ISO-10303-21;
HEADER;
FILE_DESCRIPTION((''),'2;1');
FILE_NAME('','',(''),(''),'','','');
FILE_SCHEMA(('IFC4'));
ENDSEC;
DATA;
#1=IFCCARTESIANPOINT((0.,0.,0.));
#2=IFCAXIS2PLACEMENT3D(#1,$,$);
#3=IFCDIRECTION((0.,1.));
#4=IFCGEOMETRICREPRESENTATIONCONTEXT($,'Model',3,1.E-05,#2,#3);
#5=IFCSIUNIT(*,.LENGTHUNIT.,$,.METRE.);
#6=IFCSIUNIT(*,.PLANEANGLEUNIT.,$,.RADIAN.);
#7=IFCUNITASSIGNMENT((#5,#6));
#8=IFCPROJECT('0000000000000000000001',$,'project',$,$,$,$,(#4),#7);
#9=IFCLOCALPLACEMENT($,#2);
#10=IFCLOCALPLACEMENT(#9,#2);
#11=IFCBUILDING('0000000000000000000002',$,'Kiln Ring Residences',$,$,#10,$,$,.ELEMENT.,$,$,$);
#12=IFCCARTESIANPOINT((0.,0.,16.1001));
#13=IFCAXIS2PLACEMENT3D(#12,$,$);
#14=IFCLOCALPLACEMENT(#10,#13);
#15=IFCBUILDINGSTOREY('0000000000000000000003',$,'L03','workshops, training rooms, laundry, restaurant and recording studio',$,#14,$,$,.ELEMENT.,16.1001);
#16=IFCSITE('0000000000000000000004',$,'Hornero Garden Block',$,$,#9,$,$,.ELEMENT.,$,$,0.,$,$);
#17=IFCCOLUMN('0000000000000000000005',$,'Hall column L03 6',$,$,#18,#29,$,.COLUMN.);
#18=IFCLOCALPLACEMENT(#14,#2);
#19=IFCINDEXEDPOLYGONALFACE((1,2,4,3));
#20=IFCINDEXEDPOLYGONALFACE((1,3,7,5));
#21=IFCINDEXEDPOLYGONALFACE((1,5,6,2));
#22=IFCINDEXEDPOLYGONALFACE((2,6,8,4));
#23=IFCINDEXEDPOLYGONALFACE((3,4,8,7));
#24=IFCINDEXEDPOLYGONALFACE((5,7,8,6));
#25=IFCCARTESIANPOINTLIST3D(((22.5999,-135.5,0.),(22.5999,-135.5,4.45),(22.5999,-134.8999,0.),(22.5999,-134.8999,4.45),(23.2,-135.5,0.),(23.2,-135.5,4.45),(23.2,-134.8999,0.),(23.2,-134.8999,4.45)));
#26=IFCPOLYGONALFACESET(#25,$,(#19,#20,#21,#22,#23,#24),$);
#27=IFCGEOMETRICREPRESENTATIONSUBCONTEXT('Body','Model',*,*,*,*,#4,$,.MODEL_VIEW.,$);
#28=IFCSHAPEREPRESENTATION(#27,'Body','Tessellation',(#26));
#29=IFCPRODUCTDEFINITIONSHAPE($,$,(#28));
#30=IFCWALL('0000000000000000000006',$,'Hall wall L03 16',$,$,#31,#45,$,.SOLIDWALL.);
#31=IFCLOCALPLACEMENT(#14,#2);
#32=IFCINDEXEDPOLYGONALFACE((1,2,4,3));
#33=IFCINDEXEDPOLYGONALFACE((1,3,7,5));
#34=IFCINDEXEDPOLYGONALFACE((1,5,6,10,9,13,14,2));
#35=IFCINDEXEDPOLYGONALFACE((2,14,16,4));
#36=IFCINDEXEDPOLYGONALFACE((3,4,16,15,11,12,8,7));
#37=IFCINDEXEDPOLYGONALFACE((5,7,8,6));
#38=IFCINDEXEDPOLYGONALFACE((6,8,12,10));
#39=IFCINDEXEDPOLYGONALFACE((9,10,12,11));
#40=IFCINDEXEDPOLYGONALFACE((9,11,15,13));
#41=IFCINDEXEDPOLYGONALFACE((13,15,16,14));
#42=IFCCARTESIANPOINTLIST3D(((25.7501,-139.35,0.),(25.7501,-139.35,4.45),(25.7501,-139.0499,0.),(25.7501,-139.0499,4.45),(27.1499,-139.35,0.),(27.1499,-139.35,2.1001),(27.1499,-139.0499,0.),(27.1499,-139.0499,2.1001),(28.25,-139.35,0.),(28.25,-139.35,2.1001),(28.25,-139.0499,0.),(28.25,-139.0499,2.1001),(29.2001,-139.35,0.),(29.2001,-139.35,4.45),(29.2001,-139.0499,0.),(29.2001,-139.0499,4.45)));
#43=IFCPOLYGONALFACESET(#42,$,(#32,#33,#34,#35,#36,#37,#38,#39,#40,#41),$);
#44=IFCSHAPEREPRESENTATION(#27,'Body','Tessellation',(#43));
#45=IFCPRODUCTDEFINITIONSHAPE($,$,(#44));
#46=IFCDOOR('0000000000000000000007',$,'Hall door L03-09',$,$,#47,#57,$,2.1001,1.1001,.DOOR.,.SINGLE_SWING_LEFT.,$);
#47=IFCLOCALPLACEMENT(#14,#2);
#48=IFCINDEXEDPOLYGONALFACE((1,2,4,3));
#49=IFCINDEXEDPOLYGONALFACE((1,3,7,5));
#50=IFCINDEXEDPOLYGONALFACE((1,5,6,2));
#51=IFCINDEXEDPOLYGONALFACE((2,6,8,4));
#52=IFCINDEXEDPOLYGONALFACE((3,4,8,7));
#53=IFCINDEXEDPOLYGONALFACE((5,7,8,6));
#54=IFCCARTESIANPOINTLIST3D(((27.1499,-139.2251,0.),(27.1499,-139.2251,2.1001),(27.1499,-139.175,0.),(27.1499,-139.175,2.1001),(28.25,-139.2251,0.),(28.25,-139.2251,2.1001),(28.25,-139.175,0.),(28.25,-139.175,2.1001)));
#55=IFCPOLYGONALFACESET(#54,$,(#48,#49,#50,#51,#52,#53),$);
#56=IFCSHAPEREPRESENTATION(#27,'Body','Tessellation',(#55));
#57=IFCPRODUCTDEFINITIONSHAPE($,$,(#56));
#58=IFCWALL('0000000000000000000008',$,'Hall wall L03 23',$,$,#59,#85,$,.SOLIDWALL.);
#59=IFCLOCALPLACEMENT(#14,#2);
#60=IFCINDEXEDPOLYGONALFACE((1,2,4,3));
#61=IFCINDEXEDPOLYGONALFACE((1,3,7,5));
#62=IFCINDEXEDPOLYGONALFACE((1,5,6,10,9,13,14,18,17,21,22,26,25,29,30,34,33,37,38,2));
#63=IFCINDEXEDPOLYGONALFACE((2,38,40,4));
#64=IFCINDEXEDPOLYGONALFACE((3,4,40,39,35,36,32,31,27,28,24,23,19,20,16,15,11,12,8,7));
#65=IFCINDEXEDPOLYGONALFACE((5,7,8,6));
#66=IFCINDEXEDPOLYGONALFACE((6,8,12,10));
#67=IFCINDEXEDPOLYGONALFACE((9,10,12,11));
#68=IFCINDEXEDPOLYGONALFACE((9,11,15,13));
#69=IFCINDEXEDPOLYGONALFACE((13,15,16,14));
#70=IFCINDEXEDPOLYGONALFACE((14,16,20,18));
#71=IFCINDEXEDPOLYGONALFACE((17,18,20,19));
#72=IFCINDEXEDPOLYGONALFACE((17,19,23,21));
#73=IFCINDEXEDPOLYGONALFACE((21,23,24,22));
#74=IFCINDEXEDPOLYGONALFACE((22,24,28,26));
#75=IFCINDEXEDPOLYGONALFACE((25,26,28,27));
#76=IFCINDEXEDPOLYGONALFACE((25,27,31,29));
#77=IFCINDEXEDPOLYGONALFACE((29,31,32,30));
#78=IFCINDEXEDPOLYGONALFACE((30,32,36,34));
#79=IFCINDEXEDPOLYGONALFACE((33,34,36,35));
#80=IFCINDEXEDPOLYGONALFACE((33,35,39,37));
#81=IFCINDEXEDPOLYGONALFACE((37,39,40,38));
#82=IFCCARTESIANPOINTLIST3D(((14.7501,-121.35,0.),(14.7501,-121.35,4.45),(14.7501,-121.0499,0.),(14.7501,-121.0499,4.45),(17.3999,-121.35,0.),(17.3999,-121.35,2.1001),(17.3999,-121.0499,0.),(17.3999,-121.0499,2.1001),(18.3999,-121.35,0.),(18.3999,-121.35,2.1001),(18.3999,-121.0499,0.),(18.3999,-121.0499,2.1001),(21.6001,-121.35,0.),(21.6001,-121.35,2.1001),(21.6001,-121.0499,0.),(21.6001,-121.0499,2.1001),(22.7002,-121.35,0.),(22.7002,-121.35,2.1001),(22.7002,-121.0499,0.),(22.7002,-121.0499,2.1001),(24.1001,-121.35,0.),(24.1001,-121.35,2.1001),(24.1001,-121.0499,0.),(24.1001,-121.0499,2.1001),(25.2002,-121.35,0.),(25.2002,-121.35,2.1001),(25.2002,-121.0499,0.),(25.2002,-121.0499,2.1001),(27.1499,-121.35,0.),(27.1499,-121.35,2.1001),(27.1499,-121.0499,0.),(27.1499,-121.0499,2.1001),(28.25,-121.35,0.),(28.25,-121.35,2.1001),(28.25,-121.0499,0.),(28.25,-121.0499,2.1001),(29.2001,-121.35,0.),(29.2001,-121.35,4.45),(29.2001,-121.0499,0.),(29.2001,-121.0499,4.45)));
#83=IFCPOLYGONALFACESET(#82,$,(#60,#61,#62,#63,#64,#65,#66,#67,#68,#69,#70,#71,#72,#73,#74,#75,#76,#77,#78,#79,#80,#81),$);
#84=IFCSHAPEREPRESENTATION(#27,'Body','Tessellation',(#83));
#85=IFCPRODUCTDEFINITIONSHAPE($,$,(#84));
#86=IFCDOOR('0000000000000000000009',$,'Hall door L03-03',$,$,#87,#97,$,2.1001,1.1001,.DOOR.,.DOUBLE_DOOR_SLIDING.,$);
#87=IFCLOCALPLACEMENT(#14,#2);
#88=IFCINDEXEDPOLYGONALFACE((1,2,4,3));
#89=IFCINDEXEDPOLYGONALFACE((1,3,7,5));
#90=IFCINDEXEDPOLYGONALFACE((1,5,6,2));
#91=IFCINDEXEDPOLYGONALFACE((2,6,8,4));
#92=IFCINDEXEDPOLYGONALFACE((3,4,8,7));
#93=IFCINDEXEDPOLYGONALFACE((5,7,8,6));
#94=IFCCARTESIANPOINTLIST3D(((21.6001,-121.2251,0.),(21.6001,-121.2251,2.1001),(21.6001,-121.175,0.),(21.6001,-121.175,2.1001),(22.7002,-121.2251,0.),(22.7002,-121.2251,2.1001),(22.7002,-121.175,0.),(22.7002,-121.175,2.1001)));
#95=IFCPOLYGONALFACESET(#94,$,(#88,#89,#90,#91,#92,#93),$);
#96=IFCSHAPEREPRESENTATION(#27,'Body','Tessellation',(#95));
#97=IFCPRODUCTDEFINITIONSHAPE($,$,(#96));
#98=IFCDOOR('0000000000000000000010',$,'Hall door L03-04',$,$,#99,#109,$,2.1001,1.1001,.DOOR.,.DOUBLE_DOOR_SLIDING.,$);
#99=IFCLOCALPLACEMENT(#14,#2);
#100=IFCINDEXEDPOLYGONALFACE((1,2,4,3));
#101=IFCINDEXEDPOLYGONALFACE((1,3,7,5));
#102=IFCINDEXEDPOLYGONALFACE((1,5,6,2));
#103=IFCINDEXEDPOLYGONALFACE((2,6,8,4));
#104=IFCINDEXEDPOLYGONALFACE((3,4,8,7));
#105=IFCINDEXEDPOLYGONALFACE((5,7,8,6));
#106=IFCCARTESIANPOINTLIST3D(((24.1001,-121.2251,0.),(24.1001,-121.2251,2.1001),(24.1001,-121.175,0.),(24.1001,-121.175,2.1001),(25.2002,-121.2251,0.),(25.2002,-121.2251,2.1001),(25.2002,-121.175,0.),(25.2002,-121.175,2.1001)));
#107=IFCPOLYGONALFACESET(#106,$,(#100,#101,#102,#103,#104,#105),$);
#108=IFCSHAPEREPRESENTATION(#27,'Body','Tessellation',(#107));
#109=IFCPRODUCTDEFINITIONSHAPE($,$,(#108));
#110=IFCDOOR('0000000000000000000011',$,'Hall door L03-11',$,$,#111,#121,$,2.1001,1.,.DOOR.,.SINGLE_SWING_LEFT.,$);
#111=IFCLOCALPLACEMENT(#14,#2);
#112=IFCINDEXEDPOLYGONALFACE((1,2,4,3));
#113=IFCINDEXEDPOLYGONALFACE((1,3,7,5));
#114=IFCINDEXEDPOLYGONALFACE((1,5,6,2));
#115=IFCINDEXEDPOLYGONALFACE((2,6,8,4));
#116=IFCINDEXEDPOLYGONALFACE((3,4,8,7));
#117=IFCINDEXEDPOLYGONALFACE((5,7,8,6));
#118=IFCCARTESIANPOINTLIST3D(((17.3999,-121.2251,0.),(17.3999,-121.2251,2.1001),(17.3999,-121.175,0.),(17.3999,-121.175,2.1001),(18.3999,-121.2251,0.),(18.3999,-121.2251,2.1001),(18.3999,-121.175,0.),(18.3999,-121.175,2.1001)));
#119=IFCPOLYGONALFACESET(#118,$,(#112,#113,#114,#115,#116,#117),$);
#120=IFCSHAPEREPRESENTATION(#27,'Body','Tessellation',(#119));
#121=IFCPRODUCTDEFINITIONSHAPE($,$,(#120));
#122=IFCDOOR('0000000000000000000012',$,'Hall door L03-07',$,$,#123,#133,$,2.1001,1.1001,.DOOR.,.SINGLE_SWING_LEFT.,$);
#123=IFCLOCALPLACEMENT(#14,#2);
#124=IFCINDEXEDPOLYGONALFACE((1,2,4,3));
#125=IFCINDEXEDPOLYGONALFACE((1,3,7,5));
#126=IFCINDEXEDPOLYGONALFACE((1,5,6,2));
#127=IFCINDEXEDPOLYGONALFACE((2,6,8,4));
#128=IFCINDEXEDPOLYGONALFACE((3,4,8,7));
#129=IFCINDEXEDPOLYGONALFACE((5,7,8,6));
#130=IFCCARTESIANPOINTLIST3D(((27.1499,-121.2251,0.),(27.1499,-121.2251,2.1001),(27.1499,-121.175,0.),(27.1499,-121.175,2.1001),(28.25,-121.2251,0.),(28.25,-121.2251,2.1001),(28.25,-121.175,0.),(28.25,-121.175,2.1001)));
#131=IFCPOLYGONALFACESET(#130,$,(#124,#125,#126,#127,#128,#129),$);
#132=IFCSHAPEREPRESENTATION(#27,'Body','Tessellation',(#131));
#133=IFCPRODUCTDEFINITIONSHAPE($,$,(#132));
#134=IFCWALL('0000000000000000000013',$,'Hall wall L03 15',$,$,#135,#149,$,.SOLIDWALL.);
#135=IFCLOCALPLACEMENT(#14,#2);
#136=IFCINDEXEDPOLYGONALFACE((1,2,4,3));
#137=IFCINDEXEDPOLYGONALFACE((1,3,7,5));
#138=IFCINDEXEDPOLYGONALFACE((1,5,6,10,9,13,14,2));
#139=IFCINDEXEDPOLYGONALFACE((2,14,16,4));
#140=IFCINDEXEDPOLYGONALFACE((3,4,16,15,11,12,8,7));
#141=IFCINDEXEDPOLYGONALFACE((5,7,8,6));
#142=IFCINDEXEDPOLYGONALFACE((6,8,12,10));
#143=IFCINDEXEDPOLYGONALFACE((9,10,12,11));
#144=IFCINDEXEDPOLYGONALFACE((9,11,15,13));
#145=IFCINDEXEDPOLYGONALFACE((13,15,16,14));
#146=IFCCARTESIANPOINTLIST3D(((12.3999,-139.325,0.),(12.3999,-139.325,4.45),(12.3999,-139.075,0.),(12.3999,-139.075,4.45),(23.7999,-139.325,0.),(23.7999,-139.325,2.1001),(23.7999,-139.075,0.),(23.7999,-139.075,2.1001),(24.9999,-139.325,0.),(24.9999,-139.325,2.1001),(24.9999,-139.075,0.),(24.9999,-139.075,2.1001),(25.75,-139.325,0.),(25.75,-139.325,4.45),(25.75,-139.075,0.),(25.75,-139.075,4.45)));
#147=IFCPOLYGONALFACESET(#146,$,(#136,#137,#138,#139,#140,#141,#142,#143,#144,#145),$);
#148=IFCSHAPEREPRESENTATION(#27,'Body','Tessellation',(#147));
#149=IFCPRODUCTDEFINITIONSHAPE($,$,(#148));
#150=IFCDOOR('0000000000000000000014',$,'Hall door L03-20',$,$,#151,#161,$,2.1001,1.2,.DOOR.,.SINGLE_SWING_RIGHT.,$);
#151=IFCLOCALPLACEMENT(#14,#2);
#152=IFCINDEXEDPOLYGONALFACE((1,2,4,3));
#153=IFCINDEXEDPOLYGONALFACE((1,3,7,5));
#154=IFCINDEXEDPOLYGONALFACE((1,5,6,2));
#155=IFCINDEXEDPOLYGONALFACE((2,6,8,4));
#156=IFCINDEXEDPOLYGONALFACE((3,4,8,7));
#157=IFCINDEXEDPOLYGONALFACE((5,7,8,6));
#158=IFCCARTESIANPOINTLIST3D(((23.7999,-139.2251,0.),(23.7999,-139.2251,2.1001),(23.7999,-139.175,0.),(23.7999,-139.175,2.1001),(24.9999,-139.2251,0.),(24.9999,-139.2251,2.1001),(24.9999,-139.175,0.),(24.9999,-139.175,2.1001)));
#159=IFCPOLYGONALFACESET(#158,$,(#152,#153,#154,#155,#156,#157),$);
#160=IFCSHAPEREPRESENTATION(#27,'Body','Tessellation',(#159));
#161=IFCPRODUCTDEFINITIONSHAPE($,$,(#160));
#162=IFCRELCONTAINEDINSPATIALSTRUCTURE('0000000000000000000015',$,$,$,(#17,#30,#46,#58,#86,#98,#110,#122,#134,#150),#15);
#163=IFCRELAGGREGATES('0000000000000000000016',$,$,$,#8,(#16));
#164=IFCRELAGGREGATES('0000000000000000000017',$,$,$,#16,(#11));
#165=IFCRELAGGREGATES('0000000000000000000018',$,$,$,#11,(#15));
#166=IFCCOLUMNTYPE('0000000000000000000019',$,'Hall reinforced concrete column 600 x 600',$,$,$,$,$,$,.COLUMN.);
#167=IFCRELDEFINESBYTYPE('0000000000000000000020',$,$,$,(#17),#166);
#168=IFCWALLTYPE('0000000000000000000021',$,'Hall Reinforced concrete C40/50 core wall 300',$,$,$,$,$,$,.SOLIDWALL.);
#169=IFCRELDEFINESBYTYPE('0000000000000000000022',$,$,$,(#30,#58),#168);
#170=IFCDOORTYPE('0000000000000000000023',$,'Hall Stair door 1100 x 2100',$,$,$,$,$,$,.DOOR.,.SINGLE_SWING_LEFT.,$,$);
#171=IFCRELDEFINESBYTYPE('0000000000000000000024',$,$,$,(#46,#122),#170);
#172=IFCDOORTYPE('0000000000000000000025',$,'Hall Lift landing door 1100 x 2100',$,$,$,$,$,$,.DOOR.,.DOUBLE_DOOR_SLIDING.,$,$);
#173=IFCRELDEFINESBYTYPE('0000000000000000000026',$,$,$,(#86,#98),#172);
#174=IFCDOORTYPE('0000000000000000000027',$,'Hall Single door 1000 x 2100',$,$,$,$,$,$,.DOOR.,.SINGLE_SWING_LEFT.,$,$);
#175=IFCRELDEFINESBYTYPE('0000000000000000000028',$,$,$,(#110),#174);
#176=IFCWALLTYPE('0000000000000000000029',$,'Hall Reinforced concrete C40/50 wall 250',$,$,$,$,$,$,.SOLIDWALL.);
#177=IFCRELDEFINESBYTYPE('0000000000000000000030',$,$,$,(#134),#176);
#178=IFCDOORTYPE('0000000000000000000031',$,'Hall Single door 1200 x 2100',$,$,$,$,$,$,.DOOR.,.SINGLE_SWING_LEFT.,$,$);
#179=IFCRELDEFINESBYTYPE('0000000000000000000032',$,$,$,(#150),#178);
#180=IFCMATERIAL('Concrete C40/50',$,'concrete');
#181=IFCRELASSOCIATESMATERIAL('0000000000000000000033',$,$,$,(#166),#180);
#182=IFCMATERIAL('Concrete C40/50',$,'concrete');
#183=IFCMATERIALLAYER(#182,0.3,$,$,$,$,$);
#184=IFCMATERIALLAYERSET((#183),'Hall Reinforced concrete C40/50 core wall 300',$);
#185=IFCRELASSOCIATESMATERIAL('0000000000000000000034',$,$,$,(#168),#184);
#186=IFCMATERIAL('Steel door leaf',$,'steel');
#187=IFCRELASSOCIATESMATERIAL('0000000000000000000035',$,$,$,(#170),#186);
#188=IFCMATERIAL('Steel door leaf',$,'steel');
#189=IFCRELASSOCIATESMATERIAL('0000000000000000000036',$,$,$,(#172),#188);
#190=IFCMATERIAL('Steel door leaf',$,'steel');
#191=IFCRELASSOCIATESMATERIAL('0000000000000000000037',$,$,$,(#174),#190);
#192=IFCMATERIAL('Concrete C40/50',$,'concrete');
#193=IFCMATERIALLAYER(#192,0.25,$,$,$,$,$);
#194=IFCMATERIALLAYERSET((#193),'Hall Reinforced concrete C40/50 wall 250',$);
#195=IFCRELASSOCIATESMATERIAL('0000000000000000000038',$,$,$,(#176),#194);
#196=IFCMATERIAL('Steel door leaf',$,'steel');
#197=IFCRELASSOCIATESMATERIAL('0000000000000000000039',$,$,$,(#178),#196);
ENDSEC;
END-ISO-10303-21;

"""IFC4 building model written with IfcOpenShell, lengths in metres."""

from ifc_helpers import new_model, si_unit, direction, frame, frame_2d, origin, origin_2d, place, context, subcontext, project, spatial, rectangle, extrude, material, layer, layer_set, material_profile, profile_set, type_object, element, fill, save


model = new_model("IFC4")

# Units and contexts
model_context = context("Model", 3, precision=1e-05, world=origin(), true_north=direction((0.0, 1.0)))
body_context = subcontext(model_context, "Body", "Model", "MODEL_VIEW")
ifc_project = project(units=[si_unit("LENGTHUNIT", "METRE"), si_unit("PLANEANGLEUNIT", "RADIAN")], contexts=[model_context])

# Site, building, storey
site_placement = place(None, origin())
site = spatial("IfcSite", under=ifc_project, at=site_placement, Name="Hornero Garden Block", CompositionType="ELEMENT", RefElevation=0.0)
building_placement = place(site_placement, origin())
building = spatial("IfcBuilding", under=site, at=building_placement, Name="Kiln Ring Residences", CompositionType="ELEMENT")
storey_placement = place(building_placement, frame((0.0, 0.0, 16.1001)))
storey = spatial("IfcBuildingStorey", under=building, at=storey_placement, Name="L03", Description="workshops, training rooms, laundry, restaurant and recording studio", CompositionType="ELEMENT", Elevation=16.1001)

# Column
ifc_material_1 = material(Name="Concrete C40/50", Category="concrete")
ifc_material_profile = material_profile(ifc_material_1, rectangle(XDim=0.6001, YDim=0.6001, at=origin_2d()), Name="Hall reinforced concrete column 600 x 600")
ifc_profile_set = profile_set([ifc_material_profile], Name="Concrete C40/50")
column_type = type_object("IfcColumnType", Name="Hall reinforced concrete column 600 x 600", PredefinedType="COLUMN", material=ifc_profile_set)
column_placement = place(storey_placement, frame((22.8999, -135.2, 0.0), z_axis=(0.0, 0.0, 1.0), x_axis=(1.0, 0.0, 0.0)))
element("IfcColumn", 1, at=column_placement, inside=storey, type_object=column_type, Name="Hall column L03 6", PredefinedType="COLUMN", context=body_context, shape_type="SweptSolid", body=[
    extrude(rectangle(XDim=0.6001, YDim=0.6001, at=origin_2d()), origin(), (0.0, 0.0, 1.0), 4.45),
])

# Wall, opening, door
ifc_material_2 = material(Name="Concrete C40/50", Category="concrete")
ifc_layer_1 = layer(ifc_material_2, 0.3)
ifc_layer_set_1 = layer_set([ifc_layer_1], Name="Hall Reinforced concrete C40/50 core wall 300")
wall_type_1 = type_object("IfcWallType", Name="Hall Reinforced concrete C40/50 core wall 300", PredefinedType="SOLIDWALL", material=ifc_layer_set_1)
wall_1_placement = place(storey_placement, frame((25.75, -139.2, 0.0), z_axis=(0.0, 0.0, 1.0), x_axis=(1.0, 0.0, 0.0)))
wall_1 = element("IfcWall", 2, at=wall_1_placement, inside=storey, type_object=wall_type_1, Name="Hall wall L03 16", PredefinedType="SOLIDWALL", context=body_context, shape_type="SweptSolid", body=[
    extrude(rectangle(XDim=3.45, YDim=0.3, at=frame_2d((1.7251, 0.0))), origin(), (0.0, 0.0, 1.0), 4.45),
])
opening_1_placement = place(wall_1_placement, frame((1.3999, 0.0, 0.0)))
opening_1 = element("IfcOpeningElement", 3, at=opening_1_placement, cuts=wall_1, PredefinedType="OPENING", context=body_context, shape_type="SweptSolid", body=[
    extrude(rectangle(XDim=1.1001, YDim=2.1001, at=frame_2d((0.55, 1.05))), frame((0.0, 0.1599, 0.0), z_axis=(0.0, -1.0, 0.0), x_axis=(1.0, 0.0, 0.0)), (0.0, 0.0, 1.0), 0.3201),
])
ifc_material_3 = material(Name="Steel door leaf", Category="steel")
door_type_1 = type_object("IfcDoorType", Name="Hall Stair door 1100 x 2100", OperationType="SINGLE_SWING_LEFT", PredefinedType="DOOR", material=ifc_material_3)
door_1_placement = place(opening_1_placement, origin())
door_1 = element("IfcDoor", 4, at=door_1_placement, inside=storey, type_object=door_type_1, Name="Hall door L03-09", OperationType="SINGLE_SWING_LEFT", OverallHeight=2.1001, OverallWidth=1.1001, PredefinedType="DOOR", context=body_context, shape_type="SweptSolid", body=[
    extrude(rectangle(XDim=1.1001, YDim=2.1001, at=frame_2d((0.55, 1.05))), frame((0.0, 0.0249, 0.0), z_axis=(0.0, -1.0, 0.0), x_axis=(1.0, 0.0, 0.0)), (0.0, 0.0, 1.0), 0.05),
])
fill(opening_1, door_1)

# Wall, openings, doors
wall_2_placement = place(storey_placement, frame((14.75, -121.2, 0.0), z_axis=(0.0, 0.0, 1.0), x_axis=(1.0, 0.0, 0.0)))
wall_2 = element("IfcWall", 5, at=wall_2_placement, inside=storey, type_object=wall_type_1, Name="Hall wall L03 23", PredefinedType="SOLIDWALL", context=body_context, shape_type="SweptSolid", body=[
    extrude(rectangle(XDim=14.45, YDim=0.3, at=frame_2d((7.2251, 0.0))), origin(), (0.0, 0.0, 1.0), 4.45),
])
opening_2_placement = place(wall_2_placement, frame((6.8501, 0.0, 0.0)))
opening_2 = element("IfcOpeningElement", 6, at=opening_2_placement, cuts=wall_2, PredefinedType="OPENING", context=body_context, shape_type="SweptSolid", body=[
    extrude(rectangle(XDim=1.1001, YDim=2.1001, at=frame_2d((0.55, 1.05))), frame((0.0, 0.1599, 0.0), z_axis=(0.0, -1.0, 0.0), x_axis=(1.0, 0.0, 0.0)), (0.0, 0.0, 1.0), 0.3201),
])
opening_3_placement = place(wall_2_placement, frame((9.3501, 0.0, 0.0)))
opening_3 = element("IfcOpeningElement", 7, at=opening_3_placement, cuts=wall_2, PredefinedType="OPENING", context=body_context, shape_type="SweptSolid", body=[
    extrude(rectangle(XDim=1.1001, YDim=2.1001, at=frame_2d((0.55, 1.05))), frame((0.0, 0.1599, 0.0), z_axis=(0.0, -1.0, 0.0), x_axis=(1.0, 0.0, 0.0)), (0.0, 0.0, 1.0), 0.3201),
])
opening_4_placement = place(wall_2_placement, frame((12.3999, 0.0, 0.0)))
opening_4 = element("IfcOpeningElement", 8, at=opening_4_placement, cuts=wall_2, PredefinedType="OPENING", context=body_context, shape_type="SweptSolid", body=[
    extrude(rectangle(XDim=1.1001, YDim=2.1001, at=frame_2d((0.55, 1.05))), frame((0.0, 0.1599, 0.0), z_axis=(0.0, -1.0, 0.0), x_axis=(1.0, 0.0, 0.0)), (0.0, 0.0, 1.0), 0.3201),
])
opening_5_placement = place(wall_2_placement, frame((2.6499, 0.0, 0.0)))
opening_5 = element("IfcOpeningElement", 9, at=opening_5_placement, cuts=wall_2, PredefinedType="OPENING", context=body_context, shape_type="SweptSolid", body=[
    extrude(rectangle(XDim=1.0, YDim=2.1001, at=frame_2d((0.5, 1.05))), frame((0.0, 0.1599, 0.0), z_axis=(0.0, -1.0, 0.0), x_axis=(1.0, 0.0, 0.0)), (0.0, 0.0, 1.0), 0.3201),
])
ifc_material_4 = material(Name="Steel door leaf", Category="steel")
door_type_2 = type_object("IfcDoorType", Name="Hall Lift landing door 1100 x 2100", OperationType="DOUBLE_DOOR_SLIDING", PredefinedType="DOOR", material=ifc_material_4)
door_2_placement = place(opening_2_placement, origin())
door_2 = element("IfcDoor", 10, at=door_2_placement, inside=storey, type_object=door_type_2, Name="Hall door L03-03", OperationType="DOUBLE_DOOR_SLIDING", OverallHeight=2.1001, OverallWidth=1.1001, PredefinedType="DOOR", context=body_context, shape_type="SweptSolid", body=[
    extrude(rectangle(XDim=1.1001, YDim=2.1001, at=frame_2d((0.55, 1.05))), frame((0.0, 0.0249, 0.0), z_axis=(0.0, -1.0, 0.0), x_axis=(1.0, 0.0, 0.0)), (0.0, 0.0, 1.0), 0.05),
])
fill(opening_2, door_2)
door_3_placement = place(opening_3_placement, origin())
door_3 = element("IfcDoor", 11, at=door_3_placement, inside=storey, type_object=door_type_2, Name="Hall door L03-04", OperationType="DOUBLE_DOOR_SLIDING", OverallHeight=2.1001, OverallWidth=1.1001, PredefinedType="DOOR", context=body_context, shape_type="SweptSolid", body=[
    extrude(rectangle(XDim=1.1001, YDim=2.1001, at=frame_2d((0.55, 1.05))), frame((0.0, 0.0249, 0.0), z_axis=(0.0, -1.0, 0.0), x_axis=(1.0, 0.0, 0.0)), (0.0, 0.0, 1.0), 0.05),
])
fill(opening_3, door_3)
ifc_material_5 = material(Name="Steel door leaf", Category="steel")
door_type_3 = type_object("IfcDoorType", Name="Hall Single door 1000 x 2100", OperationType="SINGLE_SWING_LEFT", PredefinedType="DOOR", material=ifc_material_5)
door_4_placement = place(opening_5_placement, origin())
door_4 = element("IfcDoor", 12, at=door_4_placement, inside=storey, type_object=door_type_3, Name="Hall door L03-11", OperationType="SINGLE_SWING_LEFT", OverallHeight=2.1001, OverallWidth=1.0, PredefinedType="DOOR", context=body_context, shape_type="SweptSolid", body=[
    extrude(rectangle(XDim=1.0, YDim=2.1001, at=frame_2d((0.5, 1.05))), frame((0.0, 0.0249, 0.0), z_axis=(0.0, -1.0, 0.0), x_axis=(1.0, 0.0, 0.0)), (0.0, 0.0, 1.0), 0.05),
])
fill(opening_5, door_4)
door_5_placement = place(opening_4_placement, origin())
door_5 = element("IfcDoor", 13, at=door_5_placement, inside=storey, type_object=door_type_1, Name="Hall door L03-07", OperationType="SINGLE_SWING_LEFT", OverallHeight=2.1001, OverallWidth=1.1001, PredefinedType="DOOR", context=body_context, shape_type="SweptSolid", body=[
    extrude(rectangle(XDim=1.1001, YDim=2.1001, at=frame_2d((0.55, 1.05))), frame((0.0, 0.0249, 0.0), z_axis=(0.0, -1.0, 0.0), x_axis=(1.0, 0.0, 0.0)), (0.0, 0.0, 1.0), 0.05),
])
fill(opening_4, door_5)

# Wall, opening, door
ifc_material_6 = material(Name="Concrete C40/50", Category="concrete")
ifc_layer_2 = layer(ifc_material_6, 0.25)
ifc_layer_set_2 = layer_set([ifc_layer_2], Name="Hall Reinforced concrete C40/50 wall 250")
wall_type_2 = type_object("IfcWallType", Name="Hall Reinforced concrete C40/50 wall 250", PredefinedType="SOLIDWALL", material=ifc_layer_set_2)
wall_3_placement = place(storey_placement, frame((12.3999, -139.2, 0.0), z_axis=(0.0, 0.0, 1.0), x_axis=(1.0, 0.0, 0.0)))
wall_3 = element("IfcWall", 14, at=wall_3_placement, inside=storey, type_object=wall_type_2, Name="Hall wall L03 15", PredefinedType="SOLIDWALL", context=body_context, shape_type="SweptSolid", body=[
    extrude(rectangle(XDim=13.3501, YDim=0.25, at=frame_2d((6.675, 0.0))), origin(), (0.0, 0.0, 1.0), 4.45),
])
opening_6_placement = place(wall_3_placement, frame((11.3999, 0.0, 0.0)))
opening_6 = element("IfcOpeningElement", 15, at=opening_6_placement, cuts=wall_3, PredefinedType="OPENING", context=body_context, shape_type="SweptSolid", body=[
    extrude(rectangle(XDim=1.2, YDim=2.1001, at=frame_2d((0.6001, 1.05))), frame((0.0, 0.135, 0.0), z_axis=(0.0, -1.0, 0.0), x_axis=(1.0, 0.0, 0.0)), (0.0, 0.0, 1.0), 0.27),
])
ifc_material_7 = material(Name="Steel door leaf", Category="steel")
door_type_4 = type_object("IfcDoorType", Name="Hall Single door 1200 x 2100", OperationType="SINGLE_SWING_LEFT", PredefinedType="DOOR", material=ifc_material_7)
door_6_placement = place(opening_6_placement, origin())
door_6 = element("IfcDoor", 16, at=door_6_placement, inside=storey, type_object=door_type_4, Name="Hall door L03-20", OperationType="SINGLE_SWING_RIGHT", OverallHeight=2.1001, OverallWidth=1.2, PredefinedType="DOOR", context=body_context, shape_type="SweptSolid", body=[
    extrude(rectangle(XDim=1.2, YDim=2.1001, at=frame_2d((0.6001, 1.05))), frame((0.0, 0.0249, 0.0), z_axis=(0.0, -1.0, 0.0), x_axis=(1.0, 0.0, 0.0)), (0.0, 0.0, 1.0), 0.05),
])
fill(opening_6, door_6)

save(model, "model.ifc")
